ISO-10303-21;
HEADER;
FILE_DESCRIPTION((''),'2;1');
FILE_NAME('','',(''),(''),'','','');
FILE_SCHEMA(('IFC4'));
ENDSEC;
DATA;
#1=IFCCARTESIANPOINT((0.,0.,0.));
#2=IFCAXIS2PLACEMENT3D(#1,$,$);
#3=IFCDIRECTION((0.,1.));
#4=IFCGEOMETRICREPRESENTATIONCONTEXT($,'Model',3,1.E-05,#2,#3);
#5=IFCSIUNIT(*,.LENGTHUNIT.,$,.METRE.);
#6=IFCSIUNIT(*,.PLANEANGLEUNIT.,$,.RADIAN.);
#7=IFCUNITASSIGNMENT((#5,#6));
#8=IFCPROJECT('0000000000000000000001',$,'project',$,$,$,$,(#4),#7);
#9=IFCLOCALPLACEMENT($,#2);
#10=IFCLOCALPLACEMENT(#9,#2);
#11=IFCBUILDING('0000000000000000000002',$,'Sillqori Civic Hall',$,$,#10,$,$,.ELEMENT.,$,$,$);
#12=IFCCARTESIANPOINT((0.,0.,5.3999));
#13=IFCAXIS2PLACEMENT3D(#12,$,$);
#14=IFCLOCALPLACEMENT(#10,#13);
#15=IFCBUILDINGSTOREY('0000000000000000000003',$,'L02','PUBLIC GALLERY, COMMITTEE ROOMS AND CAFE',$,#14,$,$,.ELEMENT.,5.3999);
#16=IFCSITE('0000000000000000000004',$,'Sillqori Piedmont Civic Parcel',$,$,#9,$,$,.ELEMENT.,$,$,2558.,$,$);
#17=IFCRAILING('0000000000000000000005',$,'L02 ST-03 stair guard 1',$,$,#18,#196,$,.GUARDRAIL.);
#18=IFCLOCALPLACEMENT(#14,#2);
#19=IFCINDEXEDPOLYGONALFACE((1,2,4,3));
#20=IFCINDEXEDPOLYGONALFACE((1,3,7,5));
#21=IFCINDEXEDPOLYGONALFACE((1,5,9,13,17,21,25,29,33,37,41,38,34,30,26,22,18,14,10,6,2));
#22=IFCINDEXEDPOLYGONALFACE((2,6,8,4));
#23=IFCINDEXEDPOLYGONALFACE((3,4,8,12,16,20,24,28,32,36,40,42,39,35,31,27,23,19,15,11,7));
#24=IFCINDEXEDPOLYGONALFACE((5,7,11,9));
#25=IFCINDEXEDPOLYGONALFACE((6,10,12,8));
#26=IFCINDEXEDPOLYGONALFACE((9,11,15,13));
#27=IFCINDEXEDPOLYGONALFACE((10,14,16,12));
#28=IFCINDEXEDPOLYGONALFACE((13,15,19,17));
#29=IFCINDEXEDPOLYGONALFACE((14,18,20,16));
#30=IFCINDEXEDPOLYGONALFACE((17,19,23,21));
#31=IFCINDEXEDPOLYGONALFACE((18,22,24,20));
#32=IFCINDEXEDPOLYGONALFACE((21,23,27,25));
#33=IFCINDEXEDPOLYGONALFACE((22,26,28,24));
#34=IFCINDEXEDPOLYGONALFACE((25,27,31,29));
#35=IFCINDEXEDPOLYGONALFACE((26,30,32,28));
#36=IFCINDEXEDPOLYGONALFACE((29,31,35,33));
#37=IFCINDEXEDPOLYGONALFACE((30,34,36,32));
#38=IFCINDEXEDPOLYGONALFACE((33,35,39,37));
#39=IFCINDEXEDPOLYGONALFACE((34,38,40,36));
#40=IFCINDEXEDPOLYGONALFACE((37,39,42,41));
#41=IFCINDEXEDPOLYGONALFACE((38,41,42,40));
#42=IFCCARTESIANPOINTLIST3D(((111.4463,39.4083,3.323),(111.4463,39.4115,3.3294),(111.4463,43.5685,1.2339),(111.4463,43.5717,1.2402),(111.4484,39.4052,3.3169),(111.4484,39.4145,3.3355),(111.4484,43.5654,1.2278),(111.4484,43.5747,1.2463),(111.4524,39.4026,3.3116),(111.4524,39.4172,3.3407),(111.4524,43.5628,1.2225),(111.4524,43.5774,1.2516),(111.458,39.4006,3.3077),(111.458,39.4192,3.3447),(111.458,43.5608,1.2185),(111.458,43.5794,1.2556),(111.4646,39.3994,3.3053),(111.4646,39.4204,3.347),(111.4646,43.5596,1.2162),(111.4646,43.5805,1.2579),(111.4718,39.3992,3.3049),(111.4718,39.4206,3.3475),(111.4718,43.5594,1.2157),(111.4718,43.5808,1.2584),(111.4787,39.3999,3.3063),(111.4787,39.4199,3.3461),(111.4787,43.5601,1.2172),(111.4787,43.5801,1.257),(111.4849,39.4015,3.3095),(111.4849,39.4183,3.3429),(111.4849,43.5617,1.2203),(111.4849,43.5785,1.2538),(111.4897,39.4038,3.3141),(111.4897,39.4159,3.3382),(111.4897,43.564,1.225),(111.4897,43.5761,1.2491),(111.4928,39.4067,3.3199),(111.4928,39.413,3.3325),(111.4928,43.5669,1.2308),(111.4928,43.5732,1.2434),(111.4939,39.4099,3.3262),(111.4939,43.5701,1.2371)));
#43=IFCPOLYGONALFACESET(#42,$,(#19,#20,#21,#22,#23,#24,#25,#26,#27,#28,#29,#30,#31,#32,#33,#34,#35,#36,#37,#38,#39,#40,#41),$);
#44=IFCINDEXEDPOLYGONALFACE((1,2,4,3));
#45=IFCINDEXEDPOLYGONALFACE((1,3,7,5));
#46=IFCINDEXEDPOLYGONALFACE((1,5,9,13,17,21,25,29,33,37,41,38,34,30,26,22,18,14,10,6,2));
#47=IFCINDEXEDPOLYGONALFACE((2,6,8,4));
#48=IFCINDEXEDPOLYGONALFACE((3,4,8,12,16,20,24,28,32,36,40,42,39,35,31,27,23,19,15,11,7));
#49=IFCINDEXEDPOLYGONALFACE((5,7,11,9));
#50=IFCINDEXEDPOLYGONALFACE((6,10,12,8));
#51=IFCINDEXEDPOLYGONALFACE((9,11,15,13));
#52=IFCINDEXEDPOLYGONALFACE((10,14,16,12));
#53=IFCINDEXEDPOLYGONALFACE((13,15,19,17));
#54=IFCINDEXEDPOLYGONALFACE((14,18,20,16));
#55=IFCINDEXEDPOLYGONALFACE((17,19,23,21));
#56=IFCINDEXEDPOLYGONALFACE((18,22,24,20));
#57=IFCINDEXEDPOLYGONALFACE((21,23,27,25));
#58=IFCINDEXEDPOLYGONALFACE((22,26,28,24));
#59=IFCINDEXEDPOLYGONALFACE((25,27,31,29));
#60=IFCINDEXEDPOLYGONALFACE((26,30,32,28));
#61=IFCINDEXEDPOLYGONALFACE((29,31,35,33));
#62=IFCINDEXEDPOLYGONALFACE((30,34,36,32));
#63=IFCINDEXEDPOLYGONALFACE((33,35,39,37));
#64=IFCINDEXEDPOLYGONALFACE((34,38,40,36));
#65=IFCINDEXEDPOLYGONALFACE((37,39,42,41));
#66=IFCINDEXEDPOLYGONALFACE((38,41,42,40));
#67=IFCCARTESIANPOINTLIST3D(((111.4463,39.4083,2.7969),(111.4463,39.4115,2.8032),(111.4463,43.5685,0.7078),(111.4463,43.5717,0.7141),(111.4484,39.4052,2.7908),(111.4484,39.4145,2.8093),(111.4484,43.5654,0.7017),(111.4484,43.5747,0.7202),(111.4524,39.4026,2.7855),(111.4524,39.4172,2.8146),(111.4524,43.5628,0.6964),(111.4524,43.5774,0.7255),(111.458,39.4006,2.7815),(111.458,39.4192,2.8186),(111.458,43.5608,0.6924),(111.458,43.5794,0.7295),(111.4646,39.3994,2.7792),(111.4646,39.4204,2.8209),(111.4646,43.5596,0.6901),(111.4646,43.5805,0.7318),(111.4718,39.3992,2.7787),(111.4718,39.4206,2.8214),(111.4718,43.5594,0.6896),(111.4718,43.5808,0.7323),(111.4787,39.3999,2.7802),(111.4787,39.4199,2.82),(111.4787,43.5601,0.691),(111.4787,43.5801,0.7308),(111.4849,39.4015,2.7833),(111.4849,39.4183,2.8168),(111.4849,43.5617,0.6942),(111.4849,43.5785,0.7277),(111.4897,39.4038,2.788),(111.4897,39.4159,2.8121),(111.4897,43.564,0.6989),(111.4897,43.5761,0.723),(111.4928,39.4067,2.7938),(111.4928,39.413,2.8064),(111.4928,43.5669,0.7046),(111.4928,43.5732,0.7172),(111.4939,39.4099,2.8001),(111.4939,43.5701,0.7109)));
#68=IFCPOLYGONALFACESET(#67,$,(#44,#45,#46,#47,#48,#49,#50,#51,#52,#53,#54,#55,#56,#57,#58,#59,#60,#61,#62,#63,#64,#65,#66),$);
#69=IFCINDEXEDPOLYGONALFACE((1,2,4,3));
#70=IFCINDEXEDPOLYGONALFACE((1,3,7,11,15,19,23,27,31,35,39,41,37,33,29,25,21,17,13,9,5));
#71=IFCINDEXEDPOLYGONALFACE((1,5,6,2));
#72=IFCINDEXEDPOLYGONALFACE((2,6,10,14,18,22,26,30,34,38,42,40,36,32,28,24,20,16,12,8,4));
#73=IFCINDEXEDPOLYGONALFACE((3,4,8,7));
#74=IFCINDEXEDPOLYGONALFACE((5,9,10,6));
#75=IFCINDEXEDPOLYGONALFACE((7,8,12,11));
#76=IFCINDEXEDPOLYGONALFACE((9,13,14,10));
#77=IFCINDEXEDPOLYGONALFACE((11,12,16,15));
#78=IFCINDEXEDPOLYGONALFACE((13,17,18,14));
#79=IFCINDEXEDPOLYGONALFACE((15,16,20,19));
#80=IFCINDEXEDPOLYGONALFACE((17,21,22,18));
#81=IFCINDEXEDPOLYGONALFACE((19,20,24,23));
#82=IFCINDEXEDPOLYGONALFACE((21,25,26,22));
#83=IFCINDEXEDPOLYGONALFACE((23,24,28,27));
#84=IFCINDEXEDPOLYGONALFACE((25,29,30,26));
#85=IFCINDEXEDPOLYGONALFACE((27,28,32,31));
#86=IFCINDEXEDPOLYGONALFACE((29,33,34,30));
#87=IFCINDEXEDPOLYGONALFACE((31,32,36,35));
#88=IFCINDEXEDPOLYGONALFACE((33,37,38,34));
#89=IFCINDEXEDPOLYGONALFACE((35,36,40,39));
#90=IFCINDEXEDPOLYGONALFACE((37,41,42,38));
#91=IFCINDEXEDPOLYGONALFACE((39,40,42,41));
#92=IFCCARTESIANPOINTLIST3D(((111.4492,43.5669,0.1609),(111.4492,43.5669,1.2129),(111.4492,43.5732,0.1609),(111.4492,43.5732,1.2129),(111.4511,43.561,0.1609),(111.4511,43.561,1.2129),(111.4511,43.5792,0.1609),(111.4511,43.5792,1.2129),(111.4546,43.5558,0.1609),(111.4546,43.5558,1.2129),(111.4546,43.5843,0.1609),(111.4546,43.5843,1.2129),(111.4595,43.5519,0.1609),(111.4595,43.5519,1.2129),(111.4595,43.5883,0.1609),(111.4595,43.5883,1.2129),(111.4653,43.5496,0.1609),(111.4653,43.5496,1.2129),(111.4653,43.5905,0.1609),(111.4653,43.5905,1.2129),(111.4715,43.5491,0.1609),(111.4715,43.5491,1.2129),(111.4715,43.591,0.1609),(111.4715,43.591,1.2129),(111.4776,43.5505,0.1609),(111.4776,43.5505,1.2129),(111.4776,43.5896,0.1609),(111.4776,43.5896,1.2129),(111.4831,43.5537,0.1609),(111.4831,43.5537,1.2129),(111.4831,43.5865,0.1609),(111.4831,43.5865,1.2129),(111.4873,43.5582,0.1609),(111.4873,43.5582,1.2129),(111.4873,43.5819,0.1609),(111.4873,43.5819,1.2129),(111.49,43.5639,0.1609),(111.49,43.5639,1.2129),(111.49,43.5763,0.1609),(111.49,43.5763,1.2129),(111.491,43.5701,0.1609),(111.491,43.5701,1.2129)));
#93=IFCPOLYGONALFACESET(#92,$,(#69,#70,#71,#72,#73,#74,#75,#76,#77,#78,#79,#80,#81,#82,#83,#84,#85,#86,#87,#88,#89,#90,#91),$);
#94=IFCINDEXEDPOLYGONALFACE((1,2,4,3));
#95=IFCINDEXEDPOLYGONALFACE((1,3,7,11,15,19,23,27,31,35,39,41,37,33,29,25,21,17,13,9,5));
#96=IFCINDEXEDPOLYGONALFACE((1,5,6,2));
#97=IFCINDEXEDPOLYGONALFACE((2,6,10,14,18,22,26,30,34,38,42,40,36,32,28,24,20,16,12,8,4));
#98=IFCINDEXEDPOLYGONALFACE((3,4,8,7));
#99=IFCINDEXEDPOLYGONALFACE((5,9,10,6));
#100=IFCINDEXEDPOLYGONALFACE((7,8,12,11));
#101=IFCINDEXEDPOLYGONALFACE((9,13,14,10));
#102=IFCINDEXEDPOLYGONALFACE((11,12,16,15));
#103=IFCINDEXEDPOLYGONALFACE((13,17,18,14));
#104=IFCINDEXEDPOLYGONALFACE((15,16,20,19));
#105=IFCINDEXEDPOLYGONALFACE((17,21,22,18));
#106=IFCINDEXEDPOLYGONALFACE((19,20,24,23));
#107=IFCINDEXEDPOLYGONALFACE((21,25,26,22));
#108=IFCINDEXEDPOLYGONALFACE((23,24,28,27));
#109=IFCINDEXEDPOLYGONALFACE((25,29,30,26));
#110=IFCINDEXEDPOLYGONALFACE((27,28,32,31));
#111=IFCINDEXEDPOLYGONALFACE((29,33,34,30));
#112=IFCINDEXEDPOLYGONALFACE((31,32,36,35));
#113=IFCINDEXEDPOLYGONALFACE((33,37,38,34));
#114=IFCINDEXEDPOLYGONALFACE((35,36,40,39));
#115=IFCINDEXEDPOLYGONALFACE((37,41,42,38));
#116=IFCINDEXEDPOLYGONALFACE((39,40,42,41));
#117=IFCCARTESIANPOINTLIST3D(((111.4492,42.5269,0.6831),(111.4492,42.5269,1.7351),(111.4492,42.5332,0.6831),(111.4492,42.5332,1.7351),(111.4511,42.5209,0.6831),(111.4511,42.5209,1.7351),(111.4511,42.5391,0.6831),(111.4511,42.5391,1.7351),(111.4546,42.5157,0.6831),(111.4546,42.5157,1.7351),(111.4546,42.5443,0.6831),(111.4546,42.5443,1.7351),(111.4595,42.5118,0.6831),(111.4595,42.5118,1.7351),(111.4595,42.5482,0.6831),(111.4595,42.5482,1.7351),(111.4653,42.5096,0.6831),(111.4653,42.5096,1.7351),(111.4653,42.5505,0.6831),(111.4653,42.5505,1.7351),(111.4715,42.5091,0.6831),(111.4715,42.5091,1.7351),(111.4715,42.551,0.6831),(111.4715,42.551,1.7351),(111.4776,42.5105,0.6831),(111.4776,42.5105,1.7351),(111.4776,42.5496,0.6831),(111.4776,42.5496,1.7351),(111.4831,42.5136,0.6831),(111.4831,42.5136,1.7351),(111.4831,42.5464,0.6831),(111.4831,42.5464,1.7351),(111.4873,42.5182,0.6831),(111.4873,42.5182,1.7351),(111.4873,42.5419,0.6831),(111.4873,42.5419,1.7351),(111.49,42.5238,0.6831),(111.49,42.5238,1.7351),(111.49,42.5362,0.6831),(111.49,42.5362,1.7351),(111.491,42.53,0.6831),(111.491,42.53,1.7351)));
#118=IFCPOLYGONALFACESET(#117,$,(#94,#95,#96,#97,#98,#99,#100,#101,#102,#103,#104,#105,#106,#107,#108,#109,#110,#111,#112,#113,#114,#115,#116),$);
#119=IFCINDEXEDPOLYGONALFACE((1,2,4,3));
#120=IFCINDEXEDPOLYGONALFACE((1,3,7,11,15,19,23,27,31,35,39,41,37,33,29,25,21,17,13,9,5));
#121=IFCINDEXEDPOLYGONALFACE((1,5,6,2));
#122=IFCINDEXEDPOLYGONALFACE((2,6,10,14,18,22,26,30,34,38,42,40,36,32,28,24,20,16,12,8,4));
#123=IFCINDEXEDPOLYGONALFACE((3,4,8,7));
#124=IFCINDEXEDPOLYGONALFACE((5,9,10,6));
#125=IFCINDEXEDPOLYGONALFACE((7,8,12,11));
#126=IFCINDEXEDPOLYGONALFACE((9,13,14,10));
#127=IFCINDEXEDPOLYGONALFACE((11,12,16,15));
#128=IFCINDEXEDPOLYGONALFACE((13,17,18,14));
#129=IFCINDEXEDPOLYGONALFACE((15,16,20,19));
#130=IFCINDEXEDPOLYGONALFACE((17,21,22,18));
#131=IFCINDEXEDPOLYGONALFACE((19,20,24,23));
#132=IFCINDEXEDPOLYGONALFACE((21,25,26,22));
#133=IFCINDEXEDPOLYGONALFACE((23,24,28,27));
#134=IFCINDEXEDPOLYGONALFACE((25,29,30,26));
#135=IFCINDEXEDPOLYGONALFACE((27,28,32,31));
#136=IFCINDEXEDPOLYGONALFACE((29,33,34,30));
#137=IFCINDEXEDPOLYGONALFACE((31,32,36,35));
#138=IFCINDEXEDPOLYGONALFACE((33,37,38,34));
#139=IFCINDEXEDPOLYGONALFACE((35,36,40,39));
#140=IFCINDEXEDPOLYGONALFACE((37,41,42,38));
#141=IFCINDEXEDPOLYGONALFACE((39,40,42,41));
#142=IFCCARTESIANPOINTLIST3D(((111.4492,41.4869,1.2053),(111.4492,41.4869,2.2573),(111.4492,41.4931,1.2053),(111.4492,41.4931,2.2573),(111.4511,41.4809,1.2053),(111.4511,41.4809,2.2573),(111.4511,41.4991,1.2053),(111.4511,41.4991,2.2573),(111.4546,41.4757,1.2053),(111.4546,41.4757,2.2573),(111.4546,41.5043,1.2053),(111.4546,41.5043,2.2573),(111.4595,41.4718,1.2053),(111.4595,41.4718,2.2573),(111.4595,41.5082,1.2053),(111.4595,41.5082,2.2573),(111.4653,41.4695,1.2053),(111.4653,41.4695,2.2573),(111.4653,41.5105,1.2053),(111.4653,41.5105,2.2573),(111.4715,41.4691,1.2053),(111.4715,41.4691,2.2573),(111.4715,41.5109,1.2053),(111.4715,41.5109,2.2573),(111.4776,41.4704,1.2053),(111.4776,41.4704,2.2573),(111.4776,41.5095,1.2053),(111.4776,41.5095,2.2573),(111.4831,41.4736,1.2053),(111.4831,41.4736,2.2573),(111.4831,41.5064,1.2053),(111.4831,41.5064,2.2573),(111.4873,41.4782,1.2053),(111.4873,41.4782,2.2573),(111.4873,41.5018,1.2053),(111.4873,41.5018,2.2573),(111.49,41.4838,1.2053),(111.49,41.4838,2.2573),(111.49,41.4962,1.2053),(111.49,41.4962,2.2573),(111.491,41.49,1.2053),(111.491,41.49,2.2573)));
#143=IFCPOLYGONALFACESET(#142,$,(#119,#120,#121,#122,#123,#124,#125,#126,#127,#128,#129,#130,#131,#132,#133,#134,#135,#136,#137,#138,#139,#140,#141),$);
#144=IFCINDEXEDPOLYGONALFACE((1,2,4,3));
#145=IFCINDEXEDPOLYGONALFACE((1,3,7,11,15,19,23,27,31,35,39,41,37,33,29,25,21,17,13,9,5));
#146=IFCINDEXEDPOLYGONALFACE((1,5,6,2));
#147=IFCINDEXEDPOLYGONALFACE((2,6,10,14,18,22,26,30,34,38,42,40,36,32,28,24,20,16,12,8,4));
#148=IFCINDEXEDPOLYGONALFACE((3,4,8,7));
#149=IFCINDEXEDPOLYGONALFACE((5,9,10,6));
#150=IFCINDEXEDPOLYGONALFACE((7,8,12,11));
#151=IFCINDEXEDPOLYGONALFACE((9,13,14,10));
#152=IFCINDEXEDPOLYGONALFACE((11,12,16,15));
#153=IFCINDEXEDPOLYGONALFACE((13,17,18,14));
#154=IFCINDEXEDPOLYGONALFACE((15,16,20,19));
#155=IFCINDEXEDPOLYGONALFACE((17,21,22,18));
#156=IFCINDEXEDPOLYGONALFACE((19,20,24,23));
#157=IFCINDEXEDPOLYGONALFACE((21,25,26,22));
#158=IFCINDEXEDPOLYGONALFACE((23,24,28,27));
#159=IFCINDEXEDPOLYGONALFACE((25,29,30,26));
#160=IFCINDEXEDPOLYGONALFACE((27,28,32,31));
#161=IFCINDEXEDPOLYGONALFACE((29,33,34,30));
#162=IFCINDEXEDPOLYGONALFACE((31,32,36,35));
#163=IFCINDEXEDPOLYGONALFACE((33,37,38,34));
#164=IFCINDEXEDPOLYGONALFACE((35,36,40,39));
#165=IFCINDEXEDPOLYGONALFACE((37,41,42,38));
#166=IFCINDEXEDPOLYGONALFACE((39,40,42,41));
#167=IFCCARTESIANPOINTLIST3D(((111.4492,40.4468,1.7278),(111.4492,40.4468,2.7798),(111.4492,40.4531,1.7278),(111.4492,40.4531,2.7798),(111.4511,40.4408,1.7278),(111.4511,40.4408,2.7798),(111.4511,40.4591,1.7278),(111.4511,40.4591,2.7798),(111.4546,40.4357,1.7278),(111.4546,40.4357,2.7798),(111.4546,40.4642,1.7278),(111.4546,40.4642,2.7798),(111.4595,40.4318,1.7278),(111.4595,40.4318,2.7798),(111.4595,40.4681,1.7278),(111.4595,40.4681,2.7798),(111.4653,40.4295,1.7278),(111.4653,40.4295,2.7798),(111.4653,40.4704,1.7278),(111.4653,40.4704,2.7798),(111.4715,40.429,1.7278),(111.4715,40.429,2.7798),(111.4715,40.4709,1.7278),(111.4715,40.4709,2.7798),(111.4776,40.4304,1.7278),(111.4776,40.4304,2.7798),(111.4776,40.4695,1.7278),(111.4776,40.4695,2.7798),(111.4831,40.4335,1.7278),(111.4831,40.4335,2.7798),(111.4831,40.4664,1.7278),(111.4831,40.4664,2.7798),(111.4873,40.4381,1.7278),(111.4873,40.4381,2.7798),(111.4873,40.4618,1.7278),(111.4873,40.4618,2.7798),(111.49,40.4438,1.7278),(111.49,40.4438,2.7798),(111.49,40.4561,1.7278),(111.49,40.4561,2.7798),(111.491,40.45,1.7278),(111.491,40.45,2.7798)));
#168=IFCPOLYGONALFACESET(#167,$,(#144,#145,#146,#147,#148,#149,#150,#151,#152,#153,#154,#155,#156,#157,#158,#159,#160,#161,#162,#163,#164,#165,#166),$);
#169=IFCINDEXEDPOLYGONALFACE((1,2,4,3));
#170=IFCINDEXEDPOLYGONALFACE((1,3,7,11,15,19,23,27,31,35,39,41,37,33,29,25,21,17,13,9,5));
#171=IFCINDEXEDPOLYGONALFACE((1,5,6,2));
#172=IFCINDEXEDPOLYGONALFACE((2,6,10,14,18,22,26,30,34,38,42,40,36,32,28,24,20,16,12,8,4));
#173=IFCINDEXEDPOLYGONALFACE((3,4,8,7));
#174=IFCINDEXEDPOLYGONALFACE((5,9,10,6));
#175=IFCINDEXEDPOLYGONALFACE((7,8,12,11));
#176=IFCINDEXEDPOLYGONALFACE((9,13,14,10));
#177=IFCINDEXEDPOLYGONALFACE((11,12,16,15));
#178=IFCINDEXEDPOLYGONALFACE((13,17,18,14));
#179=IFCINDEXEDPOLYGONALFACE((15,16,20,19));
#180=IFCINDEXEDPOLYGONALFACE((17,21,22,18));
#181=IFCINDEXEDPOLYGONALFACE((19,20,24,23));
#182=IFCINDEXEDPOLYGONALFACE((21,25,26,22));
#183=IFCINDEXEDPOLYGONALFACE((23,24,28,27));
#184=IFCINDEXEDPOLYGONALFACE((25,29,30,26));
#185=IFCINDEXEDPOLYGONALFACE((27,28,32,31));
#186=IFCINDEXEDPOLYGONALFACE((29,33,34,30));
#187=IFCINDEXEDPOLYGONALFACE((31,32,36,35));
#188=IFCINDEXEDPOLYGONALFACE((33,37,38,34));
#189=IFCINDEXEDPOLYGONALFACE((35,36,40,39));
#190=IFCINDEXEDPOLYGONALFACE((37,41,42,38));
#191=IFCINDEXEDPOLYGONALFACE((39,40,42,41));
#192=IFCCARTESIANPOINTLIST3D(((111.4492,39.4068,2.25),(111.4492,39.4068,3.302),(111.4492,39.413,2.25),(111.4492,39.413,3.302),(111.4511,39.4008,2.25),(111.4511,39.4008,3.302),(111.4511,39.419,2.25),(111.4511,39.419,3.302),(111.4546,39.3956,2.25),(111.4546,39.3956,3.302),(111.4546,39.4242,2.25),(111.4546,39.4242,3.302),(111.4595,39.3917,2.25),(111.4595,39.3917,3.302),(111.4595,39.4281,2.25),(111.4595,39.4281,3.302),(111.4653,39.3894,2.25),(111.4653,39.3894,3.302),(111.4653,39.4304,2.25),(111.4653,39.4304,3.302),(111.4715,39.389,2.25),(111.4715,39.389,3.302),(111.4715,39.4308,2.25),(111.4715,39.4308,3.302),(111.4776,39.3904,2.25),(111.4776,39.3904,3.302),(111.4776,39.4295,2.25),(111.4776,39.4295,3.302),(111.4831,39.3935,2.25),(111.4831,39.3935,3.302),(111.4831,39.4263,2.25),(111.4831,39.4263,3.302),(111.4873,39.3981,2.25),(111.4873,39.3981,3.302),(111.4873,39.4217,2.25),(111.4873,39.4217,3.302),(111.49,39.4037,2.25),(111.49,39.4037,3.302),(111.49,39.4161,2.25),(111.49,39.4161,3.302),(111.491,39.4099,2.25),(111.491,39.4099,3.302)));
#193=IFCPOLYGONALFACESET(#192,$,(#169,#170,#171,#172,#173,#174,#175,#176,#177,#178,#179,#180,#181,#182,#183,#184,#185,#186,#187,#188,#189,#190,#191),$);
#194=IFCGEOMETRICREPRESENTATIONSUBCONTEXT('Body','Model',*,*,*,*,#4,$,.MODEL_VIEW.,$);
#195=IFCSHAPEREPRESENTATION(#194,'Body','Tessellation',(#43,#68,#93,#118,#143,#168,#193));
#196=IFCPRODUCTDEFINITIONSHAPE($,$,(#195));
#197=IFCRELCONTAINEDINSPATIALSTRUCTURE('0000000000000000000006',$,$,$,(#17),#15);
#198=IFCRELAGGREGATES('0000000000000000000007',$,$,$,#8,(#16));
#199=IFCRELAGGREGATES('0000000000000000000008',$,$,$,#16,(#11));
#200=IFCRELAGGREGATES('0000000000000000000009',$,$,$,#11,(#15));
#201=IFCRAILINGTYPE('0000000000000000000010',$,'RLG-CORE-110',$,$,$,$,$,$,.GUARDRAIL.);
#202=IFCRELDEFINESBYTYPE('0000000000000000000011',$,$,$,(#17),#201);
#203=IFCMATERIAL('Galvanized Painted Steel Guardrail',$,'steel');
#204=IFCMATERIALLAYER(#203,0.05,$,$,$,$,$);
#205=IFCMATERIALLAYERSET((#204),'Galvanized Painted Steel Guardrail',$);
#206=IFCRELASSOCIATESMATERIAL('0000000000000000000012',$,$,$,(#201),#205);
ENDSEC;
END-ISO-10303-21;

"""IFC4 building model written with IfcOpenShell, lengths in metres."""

from ifc_helpers import new_model, si_unit, direction, frame, origin, origin_2d, place, context, subcontext, project, spatial, circle, extrude, material, layer, layer_set, type_object, element, save


model = new_model("IFC4")

# Units and contexts
model_context = context("Model", 3, precision=1e-05, world=origin(), true_north=direction((0.0, 1.0)))
body_context = subcontext(model_context, "Body", "Model", "MODEL_VIEW")
ifc_project = project(units=[si_unit("LENGTHUNIT", "METRE"), si_unit("PLANEANGLEUNIT", "RADIAN")], contexts=[model_context])

# Site, building, storey
site_placement = place(None, origin())
site = spatial("IfcSite", under=ifc_project, at=site_placement, Name="Sillqori Piedmont Civic Parcel", CompositionType="ELEMENT", RefElevation=2558.0)
building_placement = place(site_placement, origin())
building = spatial("IfcBuilding", under=site, at=building_placement, Name="Sillqori Civic Hall", CompositionType="ELEMENT")
storey_placement = place(building_placement, frame((0.0, 0.0, 5.3999)))
storey = spatial("IfcBuildingStorey", under=building, at=storey_placement, Name="L02", Description="PUBLIC GALLERY, COMMITTEE ROOMS AND CAFE", CompositionType="ELEMENT", Elevation=5.3999)

# Railing
ifc_material_1 = material(Name="Galvanized Painted Steel Guardrail", Category="steel")
ifc_layer_1 = layer(ifc_material_1, 0.05)
ifc_layer_set_1 = layer_set([ifc_layer_1], Name="Galvanized Painted Steel Guardrail")
railing_type_1 = type_object("IfcRailingType", Name="RLG-CORE-110", PredefinedType="GUARDRAIL", material=ifc_layer_set_1)
railing_1_placement = place(storey_placement, frame((111.47, 43.5701, 0.1609)))
element("IfcRailing", 1, at=railing_1_placement, inside=storey, type_object=railing_type_1, Name="L02 ST-03 stair guard 1", PredefinedType="GUARDRAIL", context=body_context, shape_type="SweptSolid", body=[
    extrude(circle(Radius=0.0239, at=origin_2d()), frame((0.0, 0.0, 1.0762), z_axis=(0.0, -0.89365, 0.448765), x_axis=(1.0, 0.0, 0.0)), (0.0, 0.0, 1.0), 4.6553),
    extrude(circle(Radius=0.0239, at=origin_2d()), frame((0.0, 0.0, 0.55), z_axis=(0.0, -0.89365, 0.448765), x_axis=(1.0, 0.0, 0.0)), (0.0, 0.0, 1.0), 4.6553),
    extrude(circle(Radius=0.021, at=origin_2d()), origin(), (0.0, 0.0, 1.0), 1.052),
    extrude(circle(Radius=0.021, at=origin_2d()), frame((0.0, -1.04, 0.5222)), (0.0, 0.0, 1.0), 1.052),
    extrude(circle(Radius=0.021, at=origin_2d()), frame((0.0, -2.0801, 1.0444)), (0.0, 0.0, 1.0), 1.052),
    extrude(circle(Radius=0.021, at=origin_2d()), frame((0.0, -3.1201, 1.5669)), (0.0, 0.0, 1.0), 1.052),
    extrude(circle(Radius=0.021, at=origin_2d()), frame((0.0, -4.1602, 2.0891)), (0.0, 0.0, 1.0), 1.052),
])

save(model, "model.ifc")
